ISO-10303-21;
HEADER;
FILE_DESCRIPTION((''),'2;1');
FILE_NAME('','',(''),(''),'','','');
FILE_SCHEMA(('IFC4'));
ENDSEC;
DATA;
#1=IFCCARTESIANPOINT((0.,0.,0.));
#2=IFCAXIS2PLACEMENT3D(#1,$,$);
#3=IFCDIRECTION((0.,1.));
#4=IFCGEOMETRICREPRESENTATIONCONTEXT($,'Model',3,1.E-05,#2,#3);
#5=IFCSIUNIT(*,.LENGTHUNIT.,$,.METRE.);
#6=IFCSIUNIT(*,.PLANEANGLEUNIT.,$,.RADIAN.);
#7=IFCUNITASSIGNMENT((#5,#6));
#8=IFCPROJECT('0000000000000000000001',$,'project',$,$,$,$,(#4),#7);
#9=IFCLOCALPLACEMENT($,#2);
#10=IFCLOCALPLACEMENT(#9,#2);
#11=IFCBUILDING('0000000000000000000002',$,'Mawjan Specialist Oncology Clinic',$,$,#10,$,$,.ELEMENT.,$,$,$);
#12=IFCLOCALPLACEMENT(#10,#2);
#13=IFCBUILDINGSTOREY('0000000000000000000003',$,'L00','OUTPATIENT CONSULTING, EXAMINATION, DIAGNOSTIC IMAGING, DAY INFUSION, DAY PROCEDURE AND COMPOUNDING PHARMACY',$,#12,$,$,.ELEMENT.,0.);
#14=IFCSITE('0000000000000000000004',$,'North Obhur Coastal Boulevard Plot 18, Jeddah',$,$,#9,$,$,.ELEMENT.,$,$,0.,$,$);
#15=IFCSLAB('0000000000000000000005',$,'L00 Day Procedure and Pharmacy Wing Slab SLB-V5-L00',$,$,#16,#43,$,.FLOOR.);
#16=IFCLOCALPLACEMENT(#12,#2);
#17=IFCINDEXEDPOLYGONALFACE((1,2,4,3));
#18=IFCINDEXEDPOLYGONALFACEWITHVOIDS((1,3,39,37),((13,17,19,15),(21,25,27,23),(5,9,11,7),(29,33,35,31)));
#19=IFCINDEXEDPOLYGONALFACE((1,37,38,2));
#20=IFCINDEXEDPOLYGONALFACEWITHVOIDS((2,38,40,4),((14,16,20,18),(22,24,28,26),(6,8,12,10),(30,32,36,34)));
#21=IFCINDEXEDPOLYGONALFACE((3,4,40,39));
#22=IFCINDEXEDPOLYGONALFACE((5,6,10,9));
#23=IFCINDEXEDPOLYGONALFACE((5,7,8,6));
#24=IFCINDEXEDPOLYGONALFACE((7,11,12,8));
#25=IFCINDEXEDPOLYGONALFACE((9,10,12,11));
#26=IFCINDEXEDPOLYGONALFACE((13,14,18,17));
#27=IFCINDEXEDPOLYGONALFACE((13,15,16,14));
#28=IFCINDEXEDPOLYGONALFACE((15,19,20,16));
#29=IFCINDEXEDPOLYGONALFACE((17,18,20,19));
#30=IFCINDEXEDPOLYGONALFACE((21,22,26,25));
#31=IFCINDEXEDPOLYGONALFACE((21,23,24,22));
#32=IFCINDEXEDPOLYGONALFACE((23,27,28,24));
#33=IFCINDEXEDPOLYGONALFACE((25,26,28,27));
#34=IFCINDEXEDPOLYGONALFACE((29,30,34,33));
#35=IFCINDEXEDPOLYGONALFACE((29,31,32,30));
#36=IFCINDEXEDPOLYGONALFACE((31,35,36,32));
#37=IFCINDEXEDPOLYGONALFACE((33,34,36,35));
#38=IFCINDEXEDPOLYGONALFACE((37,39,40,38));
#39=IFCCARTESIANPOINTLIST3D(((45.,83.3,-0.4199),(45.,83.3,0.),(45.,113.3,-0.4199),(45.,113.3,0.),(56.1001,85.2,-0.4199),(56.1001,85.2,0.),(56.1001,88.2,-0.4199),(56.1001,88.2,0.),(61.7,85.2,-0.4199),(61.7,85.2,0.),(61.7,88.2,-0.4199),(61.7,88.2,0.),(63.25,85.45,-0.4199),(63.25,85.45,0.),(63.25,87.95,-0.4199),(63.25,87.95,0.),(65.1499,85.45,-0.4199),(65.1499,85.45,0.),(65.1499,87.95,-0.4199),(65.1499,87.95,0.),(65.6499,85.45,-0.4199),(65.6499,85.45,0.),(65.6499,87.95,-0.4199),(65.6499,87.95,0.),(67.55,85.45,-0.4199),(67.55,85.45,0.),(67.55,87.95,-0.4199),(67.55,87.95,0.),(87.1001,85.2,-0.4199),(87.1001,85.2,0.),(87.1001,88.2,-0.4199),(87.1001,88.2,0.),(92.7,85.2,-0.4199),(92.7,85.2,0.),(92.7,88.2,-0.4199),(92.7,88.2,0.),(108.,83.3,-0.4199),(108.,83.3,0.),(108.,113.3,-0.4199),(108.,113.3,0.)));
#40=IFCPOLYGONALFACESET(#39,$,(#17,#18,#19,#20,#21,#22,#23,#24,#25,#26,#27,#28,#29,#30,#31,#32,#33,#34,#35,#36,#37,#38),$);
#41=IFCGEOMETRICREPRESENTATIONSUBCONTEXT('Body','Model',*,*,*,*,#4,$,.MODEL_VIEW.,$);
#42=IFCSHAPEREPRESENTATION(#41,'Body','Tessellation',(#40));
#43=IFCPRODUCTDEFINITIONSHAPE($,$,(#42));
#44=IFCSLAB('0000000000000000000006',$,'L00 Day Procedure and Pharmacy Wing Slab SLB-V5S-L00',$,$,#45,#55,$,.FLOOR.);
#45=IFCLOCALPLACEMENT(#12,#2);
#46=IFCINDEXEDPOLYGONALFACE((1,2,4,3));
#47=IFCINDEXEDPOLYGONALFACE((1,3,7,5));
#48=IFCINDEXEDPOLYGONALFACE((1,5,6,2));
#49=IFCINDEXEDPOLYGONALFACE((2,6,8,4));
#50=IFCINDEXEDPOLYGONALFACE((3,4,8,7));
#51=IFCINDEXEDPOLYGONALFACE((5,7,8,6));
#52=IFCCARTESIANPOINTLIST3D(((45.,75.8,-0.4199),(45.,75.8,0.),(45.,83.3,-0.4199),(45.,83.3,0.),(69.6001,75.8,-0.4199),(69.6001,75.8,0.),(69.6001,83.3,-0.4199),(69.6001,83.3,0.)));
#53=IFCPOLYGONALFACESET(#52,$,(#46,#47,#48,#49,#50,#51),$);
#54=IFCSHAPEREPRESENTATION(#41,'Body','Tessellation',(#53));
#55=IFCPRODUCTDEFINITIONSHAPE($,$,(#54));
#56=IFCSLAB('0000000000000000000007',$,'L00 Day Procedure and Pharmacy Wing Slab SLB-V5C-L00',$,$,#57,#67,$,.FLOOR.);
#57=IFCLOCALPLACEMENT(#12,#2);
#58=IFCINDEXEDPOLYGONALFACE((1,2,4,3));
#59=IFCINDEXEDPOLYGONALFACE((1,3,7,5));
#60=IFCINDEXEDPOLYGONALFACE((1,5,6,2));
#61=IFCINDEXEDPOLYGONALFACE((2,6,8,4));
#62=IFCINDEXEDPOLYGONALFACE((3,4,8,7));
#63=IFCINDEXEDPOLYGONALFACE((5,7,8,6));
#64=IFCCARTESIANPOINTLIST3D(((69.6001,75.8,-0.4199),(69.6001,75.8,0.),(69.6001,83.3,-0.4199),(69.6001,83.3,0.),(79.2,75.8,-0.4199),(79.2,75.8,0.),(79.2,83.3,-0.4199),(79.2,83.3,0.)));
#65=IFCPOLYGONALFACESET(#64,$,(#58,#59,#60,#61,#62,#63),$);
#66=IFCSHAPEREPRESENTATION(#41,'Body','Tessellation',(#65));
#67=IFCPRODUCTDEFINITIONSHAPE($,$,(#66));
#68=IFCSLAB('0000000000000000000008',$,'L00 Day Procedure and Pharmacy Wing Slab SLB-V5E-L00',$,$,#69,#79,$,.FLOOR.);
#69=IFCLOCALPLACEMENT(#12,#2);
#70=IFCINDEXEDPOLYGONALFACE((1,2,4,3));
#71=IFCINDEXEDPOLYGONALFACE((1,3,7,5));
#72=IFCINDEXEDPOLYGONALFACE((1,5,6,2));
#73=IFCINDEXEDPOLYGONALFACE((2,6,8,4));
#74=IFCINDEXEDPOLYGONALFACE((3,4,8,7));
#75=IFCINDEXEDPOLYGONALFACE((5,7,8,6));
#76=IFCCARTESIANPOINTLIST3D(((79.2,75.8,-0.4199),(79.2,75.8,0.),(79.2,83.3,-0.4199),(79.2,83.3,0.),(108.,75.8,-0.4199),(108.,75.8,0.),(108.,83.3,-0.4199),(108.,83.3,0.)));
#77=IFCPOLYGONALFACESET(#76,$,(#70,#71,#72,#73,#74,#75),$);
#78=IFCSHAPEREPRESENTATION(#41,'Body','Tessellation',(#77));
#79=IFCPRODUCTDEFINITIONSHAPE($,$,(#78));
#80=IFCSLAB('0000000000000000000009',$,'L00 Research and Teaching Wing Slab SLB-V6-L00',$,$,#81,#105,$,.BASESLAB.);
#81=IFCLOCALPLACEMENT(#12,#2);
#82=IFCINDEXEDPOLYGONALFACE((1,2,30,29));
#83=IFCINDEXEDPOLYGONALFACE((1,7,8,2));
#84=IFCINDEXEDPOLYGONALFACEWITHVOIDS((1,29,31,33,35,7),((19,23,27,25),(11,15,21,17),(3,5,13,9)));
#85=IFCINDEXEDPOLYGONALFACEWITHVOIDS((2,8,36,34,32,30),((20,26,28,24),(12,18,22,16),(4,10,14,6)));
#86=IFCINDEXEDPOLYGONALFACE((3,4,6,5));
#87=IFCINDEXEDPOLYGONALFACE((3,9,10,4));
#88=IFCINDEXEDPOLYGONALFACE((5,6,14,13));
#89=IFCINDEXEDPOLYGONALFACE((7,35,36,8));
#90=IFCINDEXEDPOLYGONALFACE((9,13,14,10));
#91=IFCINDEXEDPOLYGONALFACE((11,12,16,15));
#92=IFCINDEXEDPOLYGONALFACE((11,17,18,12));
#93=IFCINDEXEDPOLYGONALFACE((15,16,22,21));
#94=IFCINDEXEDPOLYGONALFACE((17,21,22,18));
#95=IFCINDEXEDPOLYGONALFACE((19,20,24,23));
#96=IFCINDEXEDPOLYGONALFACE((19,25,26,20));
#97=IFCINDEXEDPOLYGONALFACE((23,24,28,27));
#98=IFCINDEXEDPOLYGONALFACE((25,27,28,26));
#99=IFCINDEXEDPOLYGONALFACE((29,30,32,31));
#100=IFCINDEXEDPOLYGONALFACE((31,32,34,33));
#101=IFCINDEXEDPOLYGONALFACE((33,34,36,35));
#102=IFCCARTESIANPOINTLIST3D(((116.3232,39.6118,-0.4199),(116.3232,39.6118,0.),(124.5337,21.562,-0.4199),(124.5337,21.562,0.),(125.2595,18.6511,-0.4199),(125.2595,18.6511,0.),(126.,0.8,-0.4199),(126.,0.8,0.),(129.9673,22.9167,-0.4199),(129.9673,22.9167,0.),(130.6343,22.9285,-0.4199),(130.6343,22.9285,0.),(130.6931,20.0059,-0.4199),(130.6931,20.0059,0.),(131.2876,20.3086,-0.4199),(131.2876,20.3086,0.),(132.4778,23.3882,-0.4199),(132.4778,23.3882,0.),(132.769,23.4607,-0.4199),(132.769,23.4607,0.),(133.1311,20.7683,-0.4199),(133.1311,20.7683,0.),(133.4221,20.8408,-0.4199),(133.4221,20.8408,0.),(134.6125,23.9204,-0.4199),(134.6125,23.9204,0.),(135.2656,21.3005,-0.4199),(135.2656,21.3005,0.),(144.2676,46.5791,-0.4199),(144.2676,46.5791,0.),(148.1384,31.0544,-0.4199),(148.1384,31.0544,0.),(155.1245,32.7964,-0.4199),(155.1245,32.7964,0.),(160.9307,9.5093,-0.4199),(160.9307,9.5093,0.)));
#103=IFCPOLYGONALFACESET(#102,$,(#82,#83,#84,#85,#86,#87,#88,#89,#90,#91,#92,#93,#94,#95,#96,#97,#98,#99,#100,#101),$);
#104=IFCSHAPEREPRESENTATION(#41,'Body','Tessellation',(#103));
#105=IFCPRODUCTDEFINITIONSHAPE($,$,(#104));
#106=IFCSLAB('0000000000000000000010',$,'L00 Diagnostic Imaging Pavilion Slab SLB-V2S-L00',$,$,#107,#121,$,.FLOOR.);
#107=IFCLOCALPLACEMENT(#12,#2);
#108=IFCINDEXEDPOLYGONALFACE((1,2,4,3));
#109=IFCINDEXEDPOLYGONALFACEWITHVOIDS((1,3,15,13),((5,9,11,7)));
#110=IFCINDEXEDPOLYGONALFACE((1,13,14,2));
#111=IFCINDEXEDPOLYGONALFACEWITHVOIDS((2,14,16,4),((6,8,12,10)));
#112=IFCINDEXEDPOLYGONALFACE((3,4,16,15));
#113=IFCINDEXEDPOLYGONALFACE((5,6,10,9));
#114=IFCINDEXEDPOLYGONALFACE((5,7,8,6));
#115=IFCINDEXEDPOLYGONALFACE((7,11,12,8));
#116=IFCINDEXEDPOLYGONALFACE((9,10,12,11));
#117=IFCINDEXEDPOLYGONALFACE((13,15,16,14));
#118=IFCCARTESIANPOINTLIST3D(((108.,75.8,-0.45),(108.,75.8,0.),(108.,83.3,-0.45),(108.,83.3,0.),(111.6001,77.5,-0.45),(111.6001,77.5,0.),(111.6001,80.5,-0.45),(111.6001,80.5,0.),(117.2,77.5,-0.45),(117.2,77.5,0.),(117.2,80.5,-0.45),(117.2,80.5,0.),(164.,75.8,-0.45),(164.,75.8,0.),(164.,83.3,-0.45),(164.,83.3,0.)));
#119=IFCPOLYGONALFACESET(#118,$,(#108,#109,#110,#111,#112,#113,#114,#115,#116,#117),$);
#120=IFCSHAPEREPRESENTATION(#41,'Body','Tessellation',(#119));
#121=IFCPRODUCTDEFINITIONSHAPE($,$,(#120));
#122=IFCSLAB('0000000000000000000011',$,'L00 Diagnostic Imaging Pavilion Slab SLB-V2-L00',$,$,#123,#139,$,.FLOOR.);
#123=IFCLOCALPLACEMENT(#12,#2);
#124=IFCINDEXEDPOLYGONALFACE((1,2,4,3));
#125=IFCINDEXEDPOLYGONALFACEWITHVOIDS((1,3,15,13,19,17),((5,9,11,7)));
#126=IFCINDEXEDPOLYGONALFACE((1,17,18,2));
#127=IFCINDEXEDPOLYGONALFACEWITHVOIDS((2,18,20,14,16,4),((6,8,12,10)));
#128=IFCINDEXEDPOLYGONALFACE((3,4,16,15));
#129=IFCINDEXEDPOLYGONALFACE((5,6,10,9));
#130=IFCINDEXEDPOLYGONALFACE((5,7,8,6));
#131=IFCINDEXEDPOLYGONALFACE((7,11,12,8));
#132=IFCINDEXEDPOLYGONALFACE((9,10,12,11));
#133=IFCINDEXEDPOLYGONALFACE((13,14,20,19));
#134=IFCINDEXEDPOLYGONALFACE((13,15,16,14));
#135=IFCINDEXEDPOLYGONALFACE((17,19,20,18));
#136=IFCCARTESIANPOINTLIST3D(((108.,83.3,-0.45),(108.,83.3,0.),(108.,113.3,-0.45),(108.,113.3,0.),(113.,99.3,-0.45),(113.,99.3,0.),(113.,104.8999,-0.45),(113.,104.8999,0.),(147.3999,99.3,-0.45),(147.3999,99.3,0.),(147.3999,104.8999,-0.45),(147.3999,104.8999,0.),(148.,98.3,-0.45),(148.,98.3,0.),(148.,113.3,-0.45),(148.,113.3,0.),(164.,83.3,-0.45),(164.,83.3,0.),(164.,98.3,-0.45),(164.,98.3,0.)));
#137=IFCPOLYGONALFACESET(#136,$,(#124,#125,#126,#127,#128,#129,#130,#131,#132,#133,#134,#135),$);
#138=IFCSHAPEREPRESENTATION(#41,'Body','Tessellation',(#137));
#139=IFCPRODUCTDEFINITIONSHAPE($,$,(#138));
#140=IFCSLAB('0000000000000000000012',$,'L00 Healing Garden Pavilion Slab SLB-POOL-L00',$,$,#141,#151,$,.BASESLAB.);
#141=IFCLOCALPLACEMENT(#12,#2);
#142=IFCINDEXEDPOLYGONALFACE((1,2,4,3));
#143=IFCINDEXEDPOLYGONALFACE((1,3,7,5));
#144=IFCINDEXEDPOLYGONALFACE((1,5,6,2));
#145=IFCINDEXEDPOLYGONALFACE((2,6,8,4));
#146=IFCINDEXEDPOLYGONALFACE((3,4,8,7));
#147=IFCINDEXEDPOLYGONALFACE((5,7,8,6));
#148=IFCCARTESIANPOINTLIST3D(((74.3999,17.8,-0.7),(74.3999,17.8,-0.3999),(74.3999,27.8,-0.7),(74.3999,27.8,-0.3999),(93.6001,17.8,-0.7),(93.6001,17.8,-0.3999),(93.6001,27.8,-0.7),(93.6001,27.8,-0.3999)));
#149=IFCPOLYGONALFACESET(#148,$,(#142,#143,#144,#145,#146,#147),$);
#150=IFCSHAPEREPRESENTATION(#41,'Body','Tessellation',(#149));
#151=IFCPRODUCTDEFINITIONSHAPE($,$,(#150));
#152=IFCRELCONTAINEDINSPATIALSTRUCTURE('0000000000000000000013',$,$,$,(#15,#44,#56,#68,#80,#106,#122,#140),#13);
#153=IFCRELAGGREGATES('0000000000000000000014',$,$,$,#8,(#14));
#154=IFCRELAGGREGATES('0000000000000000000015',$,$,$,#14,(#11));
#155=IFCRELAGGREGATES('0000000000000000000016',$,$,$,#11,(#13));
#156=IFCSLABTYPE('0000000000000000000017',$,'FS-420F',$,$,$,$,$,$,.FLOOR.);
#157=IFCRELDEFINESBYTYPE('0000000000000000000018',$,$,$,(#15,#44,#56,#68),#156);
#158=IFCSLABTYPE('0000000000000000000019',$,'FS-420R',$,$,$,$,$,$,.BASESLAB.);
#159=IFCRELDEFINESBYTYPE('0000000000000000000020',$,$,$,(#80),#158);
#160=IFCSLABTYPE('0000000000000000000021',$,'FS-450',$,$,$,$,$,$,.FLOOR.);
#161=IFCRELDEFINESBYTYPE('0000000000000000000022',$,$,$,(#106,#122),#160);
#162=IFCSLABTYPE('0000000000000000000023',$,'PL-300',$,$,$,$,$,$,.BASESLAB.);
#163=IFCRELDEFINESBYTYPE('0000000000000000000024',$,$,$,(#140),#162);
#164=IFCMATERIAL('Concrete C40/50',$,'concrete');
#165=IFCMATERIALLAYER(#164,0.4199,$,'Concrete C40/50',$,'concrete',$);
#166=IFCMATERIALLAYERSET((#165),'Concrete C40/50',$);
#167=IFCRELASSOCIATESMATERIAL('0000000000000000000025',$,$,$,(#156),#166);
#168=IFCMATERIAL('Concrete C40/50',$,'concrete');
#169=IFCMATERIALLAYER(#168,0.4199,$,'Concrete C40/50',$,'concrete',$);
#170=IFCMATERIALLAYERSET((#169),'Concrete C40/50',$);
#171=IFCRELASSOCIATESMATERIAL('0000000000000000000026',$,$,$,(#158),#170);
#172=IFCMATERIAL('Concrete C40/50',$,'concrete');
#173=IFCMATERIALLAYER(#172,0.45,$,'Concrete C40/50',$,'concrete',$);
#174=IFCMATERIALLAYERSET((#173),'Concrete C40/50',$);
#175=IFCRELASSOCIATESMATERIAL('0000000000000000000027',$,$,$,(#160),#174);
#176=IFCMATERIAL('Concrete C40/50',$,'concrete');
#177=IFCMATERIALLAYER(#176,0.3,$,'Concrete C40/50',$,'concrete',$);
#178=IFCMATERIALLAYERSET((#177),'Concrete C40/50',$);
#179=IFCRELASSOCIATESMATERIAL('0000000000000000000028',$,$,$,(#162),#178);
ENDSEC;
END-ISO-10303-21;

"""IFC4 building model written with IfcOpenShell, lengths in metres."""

from ifc_helpers import new_model, si_unit, direction, frame, origin, place, context, subcontext, project, spatial, polyline, outline, extrude, material, layer, layer_set, type_object, element, save


model = new_model("IFC4")

# Units and contexts
model_context = context("Model", 3, precision=1e-05, world=origin(), true_north=direction((0.0, 1.0)))
body_context = subcontext(model_context, "Body", "Model", "MODEL_VIEW")
ifc_project = project(units=[si_unit("LENGTHUNIT", "METRE"), si_unit("PLANEANGLEUNIT", "RADIAN")], contexts=[model_context])

# Site, building, storey
site_placement = place(None, origin())
site = spatial("IfcSite", under=ifc_project, at=site_placement, Name="North Obhur Coastal Boulevard Plot 18, Jeddah", CompositionType="ELEMENT", RefElevation=0.0)
building_placement = place(site_placement, origin())
building = spatial("IfcBuilding", under=site, at=building_placement, Name="Mawjan Specialist Oncology Clinic", CompositionType="ELEMENT")
storey_placement = place(building_placement, origin())
storey = spatial("IfcBuildingStorey", under=building, at=storey_placement, Name="L00", Description="OUTPATIENT CONSULTING, EXAMINATION, DIAGNOSTIC IMAGING, DAY INFUSION, DAY PROCEDURE AND COMPOUNDING PHARMACY", CompositionType="ELEMENT", Elevation=0.0)

# Slabs
ifc_material_1 = material(Name="Concrete C40/50", Category="concrete")
ifc_layer_1 = layer(ifc_material_1, 0.4199, Name="Concrete C40/50", Category="concrete")
ifc_layer_set_1 = layer_set([ifc_layer_1], Name="Concrete C40/50")
slab_type_1 = type_object("IfcSlabType", Name="FS-420F", PredefinedType="FLOOR", material=ifc_layer_set_1)
slab_1_placement = place(storey_placement, frame((0.0, 0.0, -0.4199)))
element("IfcSlab", 1, at=slab_1_placement, inside=storey, type_object=slab_type_1, Name="L00 Day Procedure and Pharmacy Wing Slab SLB-V5-L00", PredefinedType="FLOOR", context=body_context, shape_type="SweptSolid", body=[
    extrude(outline(polyline([(45.0, 83.3), (108.0, 83.3), (108.0, 113.3), (45.0, 113.3), (45.0, 83.3)]), holes=[polyline([(56.1001, 85.2), (61.7, 85.2), (61.7, 88.2), (56.1001, 88.2), (56.1001, 85.2)]), polyline([(63.25, 85.45), (65.1499, 85.45), (65.1499, 87.95), (63.25, 87.95), (63.25, 85.45)]), polyline([(65.6499, 85.45), (67.55, 85.45), (67.55, 87.95), (65.6499, 87.95), (65.6499, 85.45)]), polyline([(87.1001, 85.2), (92.7, 85.2), (92.7, 88.2), (87.1001, 88.2), (87.1001, 85.2)])]), origin(), (0.0, 0.0, 1.0), 0.4199),
])
slab_2_placement = place(storey_placement, frame((0.0, 0.0, -0.4199)))
element("IfcSlab", 2, at=slab_2_placement, inside=storey, type_object=slab_type_1, Name="L00 Day Procedure and Pharmacy Wing Slab SLB-V5S-L00", PredefinedType="FLOOR", context=body_context, shape_type="SweptSolid", body=[
    extrude(outline(polyline([(45.0, 75.8), (69.6001, 75.8), (69.6001, 83.3), (45.0, 83.3), (45.0, 75.8)])), origin(), (0.0, 0.0, 1.0), 0.4199),
])
slab_3_placement = place(storey_placement, frame((0.0, 0.0, -0.4199)))
element("IfcSlab", 3, at=slab_3_placement, inside=storey, type_object=slab_type_1, Name="L00 Day Procedure and Pharmacy Wing Slab SLB-V5C-L00", PredefinedType="FLOOR", context=body_context, shape_type="SweptSolid", body=[
    extrude(outline(polyline([(69.6001, 75.8), (79.2, 75.8), (79.2, 83.3), (69.6001, 83.3), (69.6001, 75.8)])), origin(), (0.0, 0.0, 1.0), 0.4199),
])
slab_4_placement = place(storey_placement, frame((0.0, 0.0, -0.4199)))
element("IfcSlab", 4, at=slab_4_placement, inside=storey, type_object=slab_type_1, Name="L00 Day Procedure and Pharmacy Wing Slab SLB-V5E-L00", PredefinedType="FLOOR", context=body_context, shape_type="SweptSolid", body=[
    extrude(outline(polyline([(79.2, 75.8), (108.0, 75.8), (108.0, 83.3), (79.2, 83.3), (79.2, 75.8)])), origin(), (0.0, 0.0, 1.0), 0.4199),
])
ifc_material_2 = material(Name="Concrete C40/50", Category="concrete")
ifc_layer_2 = layer(ifc_material_2, 0.4199, Name="Concrete C40/50", Category="concrete")
ifc_layer_set_2 = layer_set([ifc_layer_2], Name="Concrete C40/50")
slab_type_2 = type_object("IfcSlabType", Name="FS-420R", PredefinedType="BASESLAB", material=ifc_layer_set_2)
slab_5_placement = place(storey_placement, frame((0.0, 0.0, -0.4199)))
element("IfcSlab", 5, at=slab_5_placement, inside=storey, type_object=slab_type_2, Name="L00 Research and Teaching Wing Slab SLB-V6-L00", PredefinedType="BASESLAB", context=body_context, shape_type="SweptSolid", body=[
    extrude(outline(polyline([(126.0, 0.8), (160.9307, 9.5093), (155.1245, 32.7964), (148.1384, 31.0544), (144.2676, 46.5791), (116.3232, 39.6118), (126.0, 0.8)]), holes=[polyline([(125.2595, 18.6511), (130.6931, 20.0059), (129.9673, 22.9167), (124.5337, 21.562), (125.2595, 18.6511)]), polyline([(131.2876, 20.3086), (133.1311, 20.7683), (132.4778, 23.3882), (130.6343, 22.9285), (131.2876, 20.3086)]), polyline([(133.4221, 20.8408), (135.2656, 21.3005), (134.6125, 23.9204), (132.769, 23.4607), (133.4221, 20.8408)])]), origin(), (0.0, 0.0, 1.0), 0.4199),
])
ifc_material_3 = material(Name="Concrete C40/50", Category="concrete")
ifc_layer_3 = layer(ifc_material_3, 0.45, Name="Concrete C40/50", Category="concrete")
ifc_layer_set_3 = layer_set([ifc_layer_3], Name="Concrete C40/50")
slab_type_3 = type_object("IfcSlabType", Name="FS-450", PredefinedType="FLOOR", material=ifc_layer_set_3)
slab_6_placement = place(storey_placement, frame((0.0, 0.0, -0.45)))
element("IfcSlab", 6, at=slab_6_placement, inside=storey, type_object=slab_type_3, Name="L00 Diagnostic Imaging Pavilion Slab SLB-V2S-L00", PredefinedType="FLOOR", context=body_context, shape_type="SweptSolid", body=[
    extrude(outline(polyline([(108.0, 75.8), (164.0, 75.8), (164.0, 83.3), (108.0, 83.3), (108.0, 75.8)]), holes=[polyline([(111.6001, 77.5), (117.2, 77.5), (117.2, 80.5), (111.6001, 80.5), (111.6001, 77.5)])]), origin(), (0.0, 0.0, 1.0), 0.45),
])
slab_7_placement = place(storey_placement, frame((0.0, 0.0, -0.45)))
element("IfcSlab", 7, at=slab_7_placement, inside=storey, type_object=slab_type_3, Name="L00 Diagnostic Imaging Pavilion Slab SLB-V2-L00", PredefinedType="FLOOR", context=body_context, shape_type="SweptSolid", body=[
    extrude(outline(polyline([(108.0, 83.3), (164.0, 83.3), (164.0, 98.3), (148.0, 98.3), (148.0, 113.3), (108.0, 113.3), (108.0, 83.3)]), holes=[polyline([(113.0, 99.3), (147.3999, 99.3), (147.3999, 104.8999), (113.0, 104.8999), (113.0, 99.3)])]), origin(), (0.0, 0.0, 1.0), 0.45),
])
ifc_material_4 = material(Name="Concrete C40/50", Category="concrete")
ifc_layer_4 = layer(ifc_material_4, 0.3, Name="Concrete C40/50", Category="concrete")
ifc_layer_set_4 = layer_set([ifc_layer_4], Name="Concrete C40/50")
slab_type_4 = type_object("IfcSlabType", Name="PL-300", PredefinedType="BASESLAB", material=ifc_layer_set_4)
slab_8_placement = place(storey_placement, frame((0.0, 0.0, -0.7)))
element("IfcSlab", 8, at=slab_8_placement, inside=storey, type_object=slab_type_4, Name="L00 Healing Garden Pavilion Slab SLB-POOL-L00", PredefinedType="BASESLAB", context=body_context, shape_type="SweptSolid", body=[
    extrude(outline(polyline([(74.3999, 17.8), (93.6001, 17.8), (93.6001, 27.8), (74.3999, 27.8), (74.3999, 17.8)])), origin(), (0.0, 0.0, 1.0), 0.3),
])

save(model, "model.ifc")
